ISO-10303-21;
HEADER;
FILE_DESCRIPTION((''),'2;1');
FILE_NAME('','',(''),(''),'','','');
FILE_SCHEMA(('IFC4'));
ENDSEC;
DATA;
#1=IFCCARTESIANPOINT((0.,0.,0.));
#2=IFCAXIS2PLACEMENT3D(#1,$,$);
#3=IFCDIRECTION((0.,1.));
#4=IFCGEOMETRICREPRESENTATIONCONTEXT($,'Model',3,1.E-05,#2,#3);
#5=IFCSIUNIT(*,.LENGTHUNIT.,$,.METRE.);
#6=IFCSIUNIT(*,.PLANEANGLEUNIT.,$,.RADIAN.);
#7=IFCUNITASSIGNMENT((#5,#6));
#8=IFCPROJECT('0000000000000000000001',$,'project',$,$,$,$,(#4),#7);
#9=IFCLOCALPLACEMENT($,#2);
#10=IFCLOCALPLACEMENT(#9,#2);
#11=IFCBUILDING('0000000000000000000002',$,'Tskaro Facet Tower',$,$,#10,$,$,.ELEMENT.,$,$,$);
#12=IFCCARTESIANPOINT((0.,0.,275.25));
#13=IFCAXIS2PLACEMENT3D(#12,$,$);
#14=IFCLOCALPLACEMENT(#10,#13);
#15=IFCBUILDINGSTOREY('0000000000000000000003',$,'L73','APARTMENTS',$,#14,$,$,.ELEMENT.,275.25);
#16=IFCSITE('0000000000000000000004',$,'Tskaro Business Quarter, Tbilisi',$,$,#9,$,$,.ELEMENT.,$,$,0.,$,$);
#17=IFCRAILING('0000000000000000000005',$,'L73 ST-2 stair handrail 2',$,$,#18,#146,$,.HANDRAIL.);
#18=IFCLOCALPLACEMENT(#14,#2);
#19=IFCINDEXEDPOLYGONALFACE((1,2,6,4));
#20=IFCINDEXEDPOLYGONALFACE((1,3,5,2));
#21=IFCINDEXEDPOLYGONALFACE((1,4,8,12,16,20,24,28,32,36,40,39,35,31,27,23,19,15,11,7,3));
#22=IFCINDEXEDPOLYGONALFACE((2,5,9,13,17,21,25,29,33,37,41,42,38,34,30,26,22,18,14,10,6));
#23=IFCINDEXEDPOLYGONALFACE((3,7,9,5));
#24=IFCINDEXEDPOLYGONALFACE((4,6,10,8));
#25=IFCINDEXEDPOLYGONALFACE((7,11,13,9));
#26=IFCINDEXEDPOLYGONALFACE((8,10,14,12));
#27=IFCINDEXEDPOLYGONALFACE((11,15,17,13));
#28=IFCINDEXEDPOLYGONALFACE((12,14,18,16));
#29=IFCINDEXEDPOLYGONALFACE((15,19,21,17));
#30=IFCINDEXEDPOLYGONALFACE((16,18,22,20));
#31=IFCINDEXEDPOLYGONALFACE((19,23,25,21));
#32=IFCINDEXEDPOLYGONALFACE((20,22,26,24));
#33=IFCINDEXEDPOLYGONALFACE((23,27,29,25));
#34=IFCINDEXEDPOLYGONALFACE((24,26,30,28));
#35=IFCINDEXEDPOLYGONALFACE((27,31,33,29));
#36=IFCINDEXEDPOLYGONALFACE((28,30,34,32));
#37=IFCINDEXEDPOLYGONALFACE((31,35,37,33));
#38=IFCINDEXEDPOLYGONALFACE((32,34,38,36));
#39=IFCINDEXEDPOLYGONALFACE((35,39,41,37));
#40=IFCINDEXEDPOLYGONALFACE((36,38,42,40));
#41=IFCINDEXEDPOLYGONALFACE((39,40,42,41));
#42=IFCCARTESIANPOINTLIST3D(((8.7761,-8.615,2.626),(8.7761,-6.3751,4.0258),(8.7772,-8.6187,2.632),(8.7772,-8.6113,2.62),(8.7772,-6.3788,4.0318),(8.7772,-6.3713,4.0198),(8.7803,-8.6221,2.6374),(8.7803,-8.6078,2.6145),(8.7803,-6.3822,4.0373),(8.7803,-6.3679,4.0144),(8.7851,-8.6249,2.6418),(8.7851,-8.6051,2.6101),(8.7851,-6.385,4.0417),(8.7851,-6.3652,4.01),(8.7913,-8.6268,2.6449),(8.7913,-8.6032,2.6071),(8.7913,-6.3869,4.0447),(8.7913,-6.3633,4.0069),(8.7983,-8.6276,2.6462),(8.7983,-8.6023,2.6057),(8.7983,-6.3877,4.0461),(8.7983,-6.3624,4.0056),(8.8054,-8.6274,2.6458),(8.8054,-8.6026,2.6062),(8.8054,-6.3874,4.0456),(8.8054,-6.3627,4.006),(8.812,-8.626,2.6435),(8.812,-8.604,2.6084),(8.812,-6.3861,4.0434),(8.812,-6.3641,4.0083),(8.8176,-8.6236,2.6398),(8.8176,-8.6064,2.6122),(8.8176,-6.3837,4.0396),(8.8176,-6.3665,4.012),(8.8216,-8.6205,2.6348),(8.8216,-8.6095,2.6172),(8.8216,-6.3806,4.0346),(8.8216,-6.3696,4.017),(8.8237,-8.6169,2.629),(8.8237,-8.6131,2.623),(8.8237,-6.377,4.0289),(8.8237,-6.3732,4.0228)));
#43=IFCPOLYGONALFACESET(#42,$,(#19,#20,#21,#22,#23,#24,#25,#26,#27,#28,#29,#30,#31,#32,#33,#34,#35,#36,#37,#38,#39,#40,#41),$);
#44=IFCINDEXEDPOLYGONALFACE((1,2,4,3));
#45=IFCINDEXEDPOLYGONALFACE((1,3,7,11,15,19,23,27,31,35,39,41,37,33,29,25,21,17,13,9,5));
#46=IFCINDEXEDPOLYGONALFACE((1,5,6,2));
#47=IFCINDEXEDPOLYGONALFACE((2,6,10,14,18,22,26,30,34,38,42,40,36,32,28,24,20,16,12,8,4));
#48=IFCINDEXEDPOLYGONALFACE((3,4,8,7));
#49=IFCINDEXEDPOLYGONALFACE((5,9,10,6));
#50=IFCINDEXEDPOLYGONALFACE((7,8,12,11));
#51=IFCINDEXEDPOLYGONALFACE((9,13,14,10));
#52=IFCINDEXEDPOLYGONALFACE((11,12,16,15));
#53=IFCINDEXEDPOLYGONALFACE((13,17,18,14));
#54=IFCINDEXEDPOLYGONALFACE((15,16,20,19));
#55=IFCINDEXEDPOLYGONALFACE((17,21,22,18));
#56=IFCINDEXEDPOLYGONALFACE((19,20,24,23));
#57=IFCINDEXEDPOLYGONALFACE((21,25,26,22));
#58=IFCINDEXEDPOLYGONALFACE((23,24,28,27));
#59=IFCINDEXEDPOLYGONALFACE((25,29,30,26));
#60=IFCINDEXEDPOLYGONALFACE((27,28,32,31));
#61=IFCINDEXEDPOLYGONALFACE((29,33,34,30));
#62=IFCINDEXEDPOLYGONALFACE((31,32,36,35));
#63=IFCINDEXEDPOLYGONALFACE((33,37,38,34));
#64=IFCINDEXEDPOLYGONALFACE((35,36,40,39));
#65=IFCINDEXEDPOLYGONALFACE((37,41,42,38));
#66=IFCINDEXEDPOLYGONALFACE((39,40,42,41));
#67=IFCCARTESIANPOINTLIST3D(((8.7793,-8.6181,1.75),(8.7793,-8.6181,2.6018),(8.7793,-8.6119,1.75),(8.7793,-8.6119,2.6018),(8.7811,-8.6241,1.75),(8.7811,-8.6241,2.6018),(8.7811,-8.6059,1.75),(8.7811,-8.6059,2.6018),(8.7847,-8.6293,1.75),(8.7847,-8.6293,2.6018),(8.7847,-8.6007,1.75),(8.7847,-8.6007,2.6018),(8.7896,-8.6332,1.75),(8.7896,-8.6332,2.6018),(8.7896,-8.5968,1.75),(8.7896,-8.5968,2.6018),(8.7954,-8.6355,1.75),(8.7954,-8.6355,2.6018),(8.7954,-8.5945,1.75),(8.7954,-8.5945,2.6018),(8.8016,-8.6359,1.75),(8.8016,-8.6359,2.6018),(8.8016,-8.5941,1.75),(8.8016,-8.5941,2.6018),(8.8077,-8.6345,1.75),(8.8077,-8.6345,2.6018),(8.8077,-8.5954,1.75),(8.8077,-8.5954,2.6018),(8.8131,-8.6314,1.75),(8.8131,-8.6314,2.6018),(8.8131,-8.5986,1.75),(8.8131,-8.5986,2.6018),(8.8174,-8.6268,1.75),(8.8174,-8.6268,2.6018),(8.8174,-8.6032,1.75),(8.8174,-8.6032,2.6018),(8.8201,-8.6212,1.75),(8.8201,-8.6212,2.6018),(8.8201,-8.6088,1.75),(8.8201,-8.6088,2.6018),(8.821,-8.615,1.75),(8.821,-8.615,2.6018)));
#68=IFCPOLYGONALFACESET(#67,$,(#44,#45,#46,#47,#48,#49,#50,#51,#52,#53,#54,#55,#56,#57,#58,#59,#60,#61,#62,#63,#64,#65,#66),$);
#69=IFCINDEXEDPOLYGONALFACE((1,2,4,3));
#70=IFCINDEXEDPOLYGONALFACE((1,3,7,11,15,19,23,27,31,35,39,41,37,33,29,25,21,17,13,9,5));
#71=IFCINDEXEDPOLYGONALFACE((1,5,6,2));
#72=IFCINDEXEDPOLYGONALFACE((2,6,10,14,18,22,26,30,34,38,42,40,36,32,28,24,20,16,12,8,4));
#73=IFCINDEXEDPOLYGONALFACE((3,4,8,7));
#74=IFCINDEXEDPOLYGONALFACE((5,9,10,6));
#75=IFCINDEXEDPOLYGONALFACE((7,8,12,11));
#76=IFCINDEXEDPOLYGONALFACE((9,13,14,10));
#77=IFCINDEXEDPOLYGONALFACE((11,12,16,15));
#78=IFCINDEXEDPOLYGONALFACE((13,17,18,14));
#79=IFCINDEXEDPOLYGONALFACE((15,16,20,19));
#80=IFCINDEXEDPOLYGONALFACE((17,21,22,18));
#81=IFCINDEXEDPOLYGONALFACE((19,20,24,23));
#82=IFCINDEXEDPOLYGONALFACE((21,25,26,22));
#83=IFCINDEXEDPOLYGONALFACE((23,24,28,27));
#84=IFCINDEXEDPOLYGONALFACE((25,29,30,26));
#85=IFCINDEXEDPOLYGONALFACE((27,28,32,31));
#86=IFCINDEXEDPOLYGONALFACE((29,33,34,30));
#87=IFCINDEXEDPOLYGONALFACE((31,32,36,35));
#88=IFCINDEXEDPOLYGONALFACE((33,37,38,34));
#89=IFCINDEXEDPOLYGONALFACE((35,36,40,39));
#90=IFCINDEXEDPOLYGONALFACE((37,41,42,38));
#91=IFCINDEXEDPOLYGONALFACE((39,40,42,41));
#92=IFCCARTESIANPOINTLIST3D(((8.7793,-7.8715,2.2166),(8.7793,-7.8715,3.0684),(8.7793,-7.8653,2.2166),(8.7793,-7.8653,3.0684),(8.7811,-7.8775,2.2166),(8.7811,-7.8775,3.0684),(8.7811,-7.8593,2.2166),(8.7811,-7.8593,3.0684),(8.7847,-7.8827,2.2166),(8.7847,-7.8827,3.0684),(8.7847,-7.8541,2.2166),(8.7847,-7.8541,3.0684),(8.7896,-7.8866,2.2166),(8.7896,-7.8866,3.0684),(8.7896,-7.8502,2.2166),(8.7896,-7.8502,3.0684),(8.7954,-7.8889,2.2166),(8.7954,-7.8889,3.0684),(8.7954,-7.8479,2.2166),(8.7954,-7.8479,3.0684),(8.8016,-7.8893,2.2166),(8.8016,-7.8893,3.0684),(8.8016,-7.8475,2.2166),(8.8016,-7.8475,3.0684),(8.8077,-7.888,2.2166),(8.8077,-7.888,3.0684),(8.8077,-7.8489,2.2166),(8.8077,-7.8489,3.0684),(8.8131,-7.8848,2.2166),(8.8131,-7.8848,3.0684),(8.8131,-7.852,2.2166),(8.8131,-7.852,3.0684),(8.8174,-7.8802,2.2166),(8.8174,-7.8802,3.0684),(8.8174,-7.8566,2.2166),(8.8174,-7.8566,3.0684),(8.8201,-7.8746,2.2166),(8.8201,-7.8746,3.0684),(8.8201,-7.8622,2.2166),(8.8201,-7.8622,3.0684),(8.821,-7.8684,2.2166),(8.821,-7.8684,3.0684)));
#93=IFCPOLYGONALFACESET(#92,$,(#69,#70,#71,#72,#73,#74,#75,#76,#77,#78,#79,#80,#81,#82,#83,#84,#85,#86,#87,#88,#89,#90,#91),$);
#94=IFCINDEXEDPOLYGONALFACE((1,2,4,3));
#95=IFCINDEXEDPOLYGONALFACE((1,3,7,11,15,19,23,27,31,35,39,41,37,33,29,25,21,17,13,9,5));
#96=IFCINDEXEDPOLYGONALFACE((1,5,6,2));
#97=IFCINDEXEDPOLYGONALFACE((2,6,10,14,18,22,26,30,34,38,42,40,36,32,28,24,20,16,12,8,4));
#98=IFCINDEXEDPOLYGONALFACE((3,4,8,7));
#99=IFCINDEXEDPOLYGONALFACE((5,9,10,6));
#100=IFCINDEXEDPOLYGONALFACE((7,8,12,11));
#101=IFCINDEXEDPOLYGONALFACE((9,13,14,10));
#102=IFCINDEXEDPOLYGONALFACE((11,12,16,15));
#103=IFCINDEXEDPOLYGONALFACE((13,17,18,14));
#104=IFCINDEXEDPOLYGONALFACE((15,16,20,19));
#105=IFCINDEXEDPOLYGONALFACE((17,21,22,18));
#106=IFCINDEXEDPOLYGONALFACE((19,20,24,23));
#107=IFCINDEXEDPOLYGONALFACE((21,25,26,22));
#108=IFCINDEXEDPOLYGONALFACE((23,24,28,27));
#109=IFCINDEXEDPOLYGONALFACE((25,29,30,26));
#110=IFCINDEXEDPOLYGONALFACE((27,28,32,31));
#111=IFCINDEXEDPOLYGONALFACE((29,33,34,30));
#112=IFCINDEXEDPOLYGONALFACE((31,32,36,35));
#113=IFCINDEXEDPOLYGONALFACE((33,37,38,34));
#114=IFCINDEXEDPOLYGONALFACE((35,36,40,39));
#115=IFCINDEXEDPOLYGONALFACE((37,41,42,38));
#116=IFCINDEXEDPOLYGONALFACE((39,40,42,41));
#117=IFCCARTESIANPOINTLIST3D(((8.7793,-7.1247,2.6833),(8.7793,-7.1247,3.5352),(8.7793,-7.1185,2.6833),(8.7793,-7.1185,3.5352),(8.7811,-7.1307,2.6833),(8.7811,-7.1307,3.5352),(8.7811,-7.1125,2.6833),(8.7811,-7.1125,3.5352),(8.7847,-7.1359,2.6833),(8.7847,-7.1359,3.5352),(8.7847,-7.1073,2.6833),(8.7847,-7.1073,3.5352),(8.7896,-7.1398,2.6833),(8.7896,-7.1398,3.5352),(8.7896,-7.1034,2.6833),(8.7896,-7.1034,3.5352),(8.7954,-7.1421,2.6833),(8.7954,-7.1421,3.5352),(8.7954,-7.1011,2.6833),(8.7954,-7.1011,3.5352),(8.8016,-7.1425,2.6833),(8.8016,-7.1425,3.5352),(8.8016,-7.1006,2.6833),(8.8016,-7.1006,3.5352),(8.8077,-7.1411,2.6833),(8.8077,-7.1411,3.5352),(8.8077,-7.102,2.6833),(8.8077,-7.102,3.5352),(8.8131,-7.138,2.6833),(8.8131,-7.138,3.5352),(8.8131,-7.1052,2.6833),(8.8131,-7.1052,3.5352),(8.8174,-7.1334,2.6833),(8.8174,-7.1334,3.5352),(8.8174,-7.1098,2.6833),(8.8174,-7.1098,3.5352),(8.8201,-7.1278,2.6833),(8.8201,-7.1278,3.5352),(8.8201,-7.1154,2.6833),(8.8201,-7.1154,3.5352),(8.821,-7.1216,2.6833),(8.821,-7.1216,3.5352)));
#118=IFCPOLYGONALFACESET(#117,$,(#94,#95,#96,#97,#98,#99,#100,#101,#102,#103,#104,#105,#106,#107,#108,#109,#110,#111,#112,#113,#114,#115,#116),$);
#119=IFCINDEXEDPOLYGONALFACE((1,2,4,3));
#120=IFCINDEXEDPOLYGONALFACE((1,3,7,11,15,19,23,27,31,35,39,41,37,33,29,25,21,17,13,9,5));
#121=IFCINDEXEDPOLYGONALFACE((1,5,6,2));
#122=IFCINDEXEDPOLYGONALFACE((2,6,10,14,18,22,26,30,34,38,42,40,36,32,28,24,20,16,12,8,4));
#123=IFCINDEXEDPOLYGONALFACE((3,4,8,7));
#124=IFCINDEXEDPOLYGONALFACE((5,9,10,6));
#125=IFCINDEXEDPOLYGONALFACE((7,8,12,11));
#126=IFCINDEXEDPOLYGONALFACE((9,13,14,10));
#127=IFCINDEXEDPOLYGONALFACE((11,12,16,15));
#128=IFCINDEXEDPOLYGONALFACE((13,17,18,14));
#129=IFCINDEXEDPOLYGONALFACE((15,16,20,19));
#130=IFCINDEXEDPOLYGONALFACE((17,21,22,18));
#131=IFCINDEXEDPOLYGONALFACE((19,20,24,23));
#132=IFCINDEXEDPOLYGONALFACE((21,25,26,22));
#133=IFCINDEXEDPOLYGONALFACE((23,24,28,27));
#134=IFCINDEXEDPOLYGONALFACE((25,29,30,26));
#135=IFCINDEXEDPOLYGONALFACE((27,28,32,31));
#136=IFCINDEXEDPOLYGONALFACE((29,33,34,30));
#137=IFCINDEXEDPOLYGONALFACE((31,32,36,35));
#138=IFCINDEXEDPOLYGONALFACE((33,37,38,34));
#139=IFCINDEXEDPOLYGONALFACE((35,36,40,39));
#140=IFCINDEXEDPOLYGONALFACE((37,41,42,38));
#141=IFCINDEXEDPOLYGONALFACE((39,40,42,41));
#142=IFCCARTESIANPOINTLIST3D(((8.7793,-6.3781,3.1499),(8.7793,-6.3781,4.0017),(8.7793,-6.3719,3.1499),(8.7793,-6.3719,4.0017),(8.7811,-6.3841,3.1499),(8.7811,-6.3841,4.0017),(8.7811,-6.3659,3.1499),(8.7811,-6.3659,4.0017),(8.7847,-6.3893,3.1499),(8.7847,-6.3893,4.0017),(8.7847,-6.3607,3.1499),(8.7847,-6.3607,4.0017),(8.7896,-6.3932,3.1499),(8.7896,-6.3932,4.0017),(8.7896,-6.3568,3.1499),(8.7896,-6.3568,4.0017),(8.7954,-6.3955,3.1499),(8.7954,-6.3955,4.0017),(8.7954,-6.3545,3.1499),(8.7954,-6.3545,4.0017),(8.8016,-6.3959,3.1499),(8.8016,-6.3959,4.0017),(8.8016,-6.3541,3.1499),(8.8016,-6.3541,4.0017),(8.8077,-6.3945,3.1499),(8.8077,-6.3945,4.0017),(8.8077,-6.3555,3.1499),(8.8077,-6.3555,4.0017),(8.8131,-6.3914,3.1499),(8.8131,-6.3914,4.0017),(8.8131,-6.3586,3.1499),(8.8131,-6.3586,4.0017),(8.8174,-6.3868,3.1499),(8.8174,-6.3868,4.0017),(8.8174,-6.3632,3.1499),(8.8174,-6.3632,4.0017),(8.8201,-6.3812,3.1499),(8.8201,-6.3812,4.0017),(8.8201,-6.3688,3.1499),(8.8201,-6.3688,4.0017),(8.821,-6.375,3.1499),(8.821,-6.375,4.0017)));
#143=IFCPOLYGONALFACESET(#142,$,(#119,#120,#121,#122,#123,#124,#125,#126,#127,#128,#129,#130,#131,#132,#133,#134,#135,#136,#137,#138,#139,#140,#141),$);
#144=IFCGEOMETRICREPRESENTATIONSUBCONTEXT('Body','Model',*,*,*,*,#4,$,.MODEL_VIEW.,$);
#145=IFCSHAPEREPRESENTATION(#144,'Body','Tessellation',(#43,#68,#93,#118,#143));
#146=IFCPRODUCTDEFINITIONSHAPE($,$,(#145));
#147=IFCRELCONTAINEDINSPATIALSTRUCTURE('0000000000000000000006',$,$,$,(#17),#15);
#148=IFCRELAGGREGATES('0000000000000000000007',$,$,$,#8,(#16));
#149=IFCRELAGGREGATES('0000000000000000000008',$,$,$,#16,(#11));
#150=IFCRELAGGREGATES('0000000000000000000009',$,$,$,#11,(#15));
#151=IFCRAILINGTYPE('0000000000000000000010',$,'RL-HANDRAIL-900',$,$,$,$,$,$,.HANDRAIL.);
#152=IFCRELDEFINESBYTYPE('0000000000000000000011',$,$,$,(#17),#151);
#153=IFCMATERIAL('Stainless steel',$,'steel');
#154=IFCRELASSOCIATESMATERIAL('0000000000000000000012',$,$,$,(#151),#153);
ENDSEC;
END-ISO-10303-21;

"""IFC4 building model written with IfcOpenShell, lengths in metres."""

from ifc_helpers import new_model, si_unit, direction, frame, origin, origin_2d, place, context, subcontext, project, spatial, circle, extrude, material, type_object, element, save


model = new_model("IFC4")

# Units and contexts
model_context = context("Model", 3, precision=1e-05, world=origin(), true_north=direction((0.0, 1.0)))
body_context = subcontext(model_context, "Body", "Model", "MODEL_VIEW")
ifc_project = project(units=[si_unit("LENGTHUNIT", "METRE"), si_unit("PLANEANGLEUNIT", "RADIAN")], contexts=[model_context])

# Site, building, storey
site_placement = place(None, origin())
site = spatial("IfcSite", under=ifc_project, at=site_placement, Name="Tskaro Business Quarter, Tbilisi", CompositionType="ELEMENT", RefElevation=0.0)
building_placement = place(site_placement, origin())
building = spatial("IfcBuilding", under=site, at=building_placement, Name="Tskaro Facet Tower", CompositionType="ELEMENT")
storey_placement = place(building_placement, frame((0.0, 0.0, 275.25)))
storey = spatial("IfcBuildingStorey", under=building, at=storey_placement, Name="L73", Description="APARTMENTS", CompositionType="ELEMENT", Elevation=275.25)

# Railing
ifc_material_1 = material(Name="Stainless steel", Category="steel")
railing_type_1 = type_object("IfcRailingType", Name="RL-HANDRAIL-900", PredefinedType="HANDRAIL", material=ifc_material_1)
railing_1_placement = place(storey_placement, frame((8.8, -8.615, 1.75)))
element("IfcRailing", 1, at=railing_1_placement, inside=storey, type_object=railing_type_1, Name="L73 ST-2 stair handrail 2", PredefinedType="HANDRAIL", context=body_context, shape_type="SweptSolid", body=[
    extrude(circle(Radius=0.0239, at=origin_2d()), frame((0.0, 0.0, 0.876), z_axis=(0.0, 0.848014, 0.529974), x_axis=(-1.0, 0.0, 0.0)), (0.0, 0.0, 1.0), 2.6414),
    extrude(circle(Radius=0.021, at=origin_2d()), origin(), (0.0, 0.0, 1.0), 0.8518),
    extrude(circle(Radius=0.021, at=origin_2d()), frame((0.0, 0.7466, 0.4666)), (0.0, 0.0, 1.0), 0.8518),
    extrude(circle(Radius=0.021, at=origin_2d()), frame((0.0, 1.4934, 0.9333)), (0.0, 0.0, 1.0), 0.8518),
    extrude(circle(Radius=0.021, at=origin_2d()), frame((0.0, 2.24, 1.3999)), (0.0, 0.0, 1.0), 0.8518),
])

save(model, "model.ifc")
